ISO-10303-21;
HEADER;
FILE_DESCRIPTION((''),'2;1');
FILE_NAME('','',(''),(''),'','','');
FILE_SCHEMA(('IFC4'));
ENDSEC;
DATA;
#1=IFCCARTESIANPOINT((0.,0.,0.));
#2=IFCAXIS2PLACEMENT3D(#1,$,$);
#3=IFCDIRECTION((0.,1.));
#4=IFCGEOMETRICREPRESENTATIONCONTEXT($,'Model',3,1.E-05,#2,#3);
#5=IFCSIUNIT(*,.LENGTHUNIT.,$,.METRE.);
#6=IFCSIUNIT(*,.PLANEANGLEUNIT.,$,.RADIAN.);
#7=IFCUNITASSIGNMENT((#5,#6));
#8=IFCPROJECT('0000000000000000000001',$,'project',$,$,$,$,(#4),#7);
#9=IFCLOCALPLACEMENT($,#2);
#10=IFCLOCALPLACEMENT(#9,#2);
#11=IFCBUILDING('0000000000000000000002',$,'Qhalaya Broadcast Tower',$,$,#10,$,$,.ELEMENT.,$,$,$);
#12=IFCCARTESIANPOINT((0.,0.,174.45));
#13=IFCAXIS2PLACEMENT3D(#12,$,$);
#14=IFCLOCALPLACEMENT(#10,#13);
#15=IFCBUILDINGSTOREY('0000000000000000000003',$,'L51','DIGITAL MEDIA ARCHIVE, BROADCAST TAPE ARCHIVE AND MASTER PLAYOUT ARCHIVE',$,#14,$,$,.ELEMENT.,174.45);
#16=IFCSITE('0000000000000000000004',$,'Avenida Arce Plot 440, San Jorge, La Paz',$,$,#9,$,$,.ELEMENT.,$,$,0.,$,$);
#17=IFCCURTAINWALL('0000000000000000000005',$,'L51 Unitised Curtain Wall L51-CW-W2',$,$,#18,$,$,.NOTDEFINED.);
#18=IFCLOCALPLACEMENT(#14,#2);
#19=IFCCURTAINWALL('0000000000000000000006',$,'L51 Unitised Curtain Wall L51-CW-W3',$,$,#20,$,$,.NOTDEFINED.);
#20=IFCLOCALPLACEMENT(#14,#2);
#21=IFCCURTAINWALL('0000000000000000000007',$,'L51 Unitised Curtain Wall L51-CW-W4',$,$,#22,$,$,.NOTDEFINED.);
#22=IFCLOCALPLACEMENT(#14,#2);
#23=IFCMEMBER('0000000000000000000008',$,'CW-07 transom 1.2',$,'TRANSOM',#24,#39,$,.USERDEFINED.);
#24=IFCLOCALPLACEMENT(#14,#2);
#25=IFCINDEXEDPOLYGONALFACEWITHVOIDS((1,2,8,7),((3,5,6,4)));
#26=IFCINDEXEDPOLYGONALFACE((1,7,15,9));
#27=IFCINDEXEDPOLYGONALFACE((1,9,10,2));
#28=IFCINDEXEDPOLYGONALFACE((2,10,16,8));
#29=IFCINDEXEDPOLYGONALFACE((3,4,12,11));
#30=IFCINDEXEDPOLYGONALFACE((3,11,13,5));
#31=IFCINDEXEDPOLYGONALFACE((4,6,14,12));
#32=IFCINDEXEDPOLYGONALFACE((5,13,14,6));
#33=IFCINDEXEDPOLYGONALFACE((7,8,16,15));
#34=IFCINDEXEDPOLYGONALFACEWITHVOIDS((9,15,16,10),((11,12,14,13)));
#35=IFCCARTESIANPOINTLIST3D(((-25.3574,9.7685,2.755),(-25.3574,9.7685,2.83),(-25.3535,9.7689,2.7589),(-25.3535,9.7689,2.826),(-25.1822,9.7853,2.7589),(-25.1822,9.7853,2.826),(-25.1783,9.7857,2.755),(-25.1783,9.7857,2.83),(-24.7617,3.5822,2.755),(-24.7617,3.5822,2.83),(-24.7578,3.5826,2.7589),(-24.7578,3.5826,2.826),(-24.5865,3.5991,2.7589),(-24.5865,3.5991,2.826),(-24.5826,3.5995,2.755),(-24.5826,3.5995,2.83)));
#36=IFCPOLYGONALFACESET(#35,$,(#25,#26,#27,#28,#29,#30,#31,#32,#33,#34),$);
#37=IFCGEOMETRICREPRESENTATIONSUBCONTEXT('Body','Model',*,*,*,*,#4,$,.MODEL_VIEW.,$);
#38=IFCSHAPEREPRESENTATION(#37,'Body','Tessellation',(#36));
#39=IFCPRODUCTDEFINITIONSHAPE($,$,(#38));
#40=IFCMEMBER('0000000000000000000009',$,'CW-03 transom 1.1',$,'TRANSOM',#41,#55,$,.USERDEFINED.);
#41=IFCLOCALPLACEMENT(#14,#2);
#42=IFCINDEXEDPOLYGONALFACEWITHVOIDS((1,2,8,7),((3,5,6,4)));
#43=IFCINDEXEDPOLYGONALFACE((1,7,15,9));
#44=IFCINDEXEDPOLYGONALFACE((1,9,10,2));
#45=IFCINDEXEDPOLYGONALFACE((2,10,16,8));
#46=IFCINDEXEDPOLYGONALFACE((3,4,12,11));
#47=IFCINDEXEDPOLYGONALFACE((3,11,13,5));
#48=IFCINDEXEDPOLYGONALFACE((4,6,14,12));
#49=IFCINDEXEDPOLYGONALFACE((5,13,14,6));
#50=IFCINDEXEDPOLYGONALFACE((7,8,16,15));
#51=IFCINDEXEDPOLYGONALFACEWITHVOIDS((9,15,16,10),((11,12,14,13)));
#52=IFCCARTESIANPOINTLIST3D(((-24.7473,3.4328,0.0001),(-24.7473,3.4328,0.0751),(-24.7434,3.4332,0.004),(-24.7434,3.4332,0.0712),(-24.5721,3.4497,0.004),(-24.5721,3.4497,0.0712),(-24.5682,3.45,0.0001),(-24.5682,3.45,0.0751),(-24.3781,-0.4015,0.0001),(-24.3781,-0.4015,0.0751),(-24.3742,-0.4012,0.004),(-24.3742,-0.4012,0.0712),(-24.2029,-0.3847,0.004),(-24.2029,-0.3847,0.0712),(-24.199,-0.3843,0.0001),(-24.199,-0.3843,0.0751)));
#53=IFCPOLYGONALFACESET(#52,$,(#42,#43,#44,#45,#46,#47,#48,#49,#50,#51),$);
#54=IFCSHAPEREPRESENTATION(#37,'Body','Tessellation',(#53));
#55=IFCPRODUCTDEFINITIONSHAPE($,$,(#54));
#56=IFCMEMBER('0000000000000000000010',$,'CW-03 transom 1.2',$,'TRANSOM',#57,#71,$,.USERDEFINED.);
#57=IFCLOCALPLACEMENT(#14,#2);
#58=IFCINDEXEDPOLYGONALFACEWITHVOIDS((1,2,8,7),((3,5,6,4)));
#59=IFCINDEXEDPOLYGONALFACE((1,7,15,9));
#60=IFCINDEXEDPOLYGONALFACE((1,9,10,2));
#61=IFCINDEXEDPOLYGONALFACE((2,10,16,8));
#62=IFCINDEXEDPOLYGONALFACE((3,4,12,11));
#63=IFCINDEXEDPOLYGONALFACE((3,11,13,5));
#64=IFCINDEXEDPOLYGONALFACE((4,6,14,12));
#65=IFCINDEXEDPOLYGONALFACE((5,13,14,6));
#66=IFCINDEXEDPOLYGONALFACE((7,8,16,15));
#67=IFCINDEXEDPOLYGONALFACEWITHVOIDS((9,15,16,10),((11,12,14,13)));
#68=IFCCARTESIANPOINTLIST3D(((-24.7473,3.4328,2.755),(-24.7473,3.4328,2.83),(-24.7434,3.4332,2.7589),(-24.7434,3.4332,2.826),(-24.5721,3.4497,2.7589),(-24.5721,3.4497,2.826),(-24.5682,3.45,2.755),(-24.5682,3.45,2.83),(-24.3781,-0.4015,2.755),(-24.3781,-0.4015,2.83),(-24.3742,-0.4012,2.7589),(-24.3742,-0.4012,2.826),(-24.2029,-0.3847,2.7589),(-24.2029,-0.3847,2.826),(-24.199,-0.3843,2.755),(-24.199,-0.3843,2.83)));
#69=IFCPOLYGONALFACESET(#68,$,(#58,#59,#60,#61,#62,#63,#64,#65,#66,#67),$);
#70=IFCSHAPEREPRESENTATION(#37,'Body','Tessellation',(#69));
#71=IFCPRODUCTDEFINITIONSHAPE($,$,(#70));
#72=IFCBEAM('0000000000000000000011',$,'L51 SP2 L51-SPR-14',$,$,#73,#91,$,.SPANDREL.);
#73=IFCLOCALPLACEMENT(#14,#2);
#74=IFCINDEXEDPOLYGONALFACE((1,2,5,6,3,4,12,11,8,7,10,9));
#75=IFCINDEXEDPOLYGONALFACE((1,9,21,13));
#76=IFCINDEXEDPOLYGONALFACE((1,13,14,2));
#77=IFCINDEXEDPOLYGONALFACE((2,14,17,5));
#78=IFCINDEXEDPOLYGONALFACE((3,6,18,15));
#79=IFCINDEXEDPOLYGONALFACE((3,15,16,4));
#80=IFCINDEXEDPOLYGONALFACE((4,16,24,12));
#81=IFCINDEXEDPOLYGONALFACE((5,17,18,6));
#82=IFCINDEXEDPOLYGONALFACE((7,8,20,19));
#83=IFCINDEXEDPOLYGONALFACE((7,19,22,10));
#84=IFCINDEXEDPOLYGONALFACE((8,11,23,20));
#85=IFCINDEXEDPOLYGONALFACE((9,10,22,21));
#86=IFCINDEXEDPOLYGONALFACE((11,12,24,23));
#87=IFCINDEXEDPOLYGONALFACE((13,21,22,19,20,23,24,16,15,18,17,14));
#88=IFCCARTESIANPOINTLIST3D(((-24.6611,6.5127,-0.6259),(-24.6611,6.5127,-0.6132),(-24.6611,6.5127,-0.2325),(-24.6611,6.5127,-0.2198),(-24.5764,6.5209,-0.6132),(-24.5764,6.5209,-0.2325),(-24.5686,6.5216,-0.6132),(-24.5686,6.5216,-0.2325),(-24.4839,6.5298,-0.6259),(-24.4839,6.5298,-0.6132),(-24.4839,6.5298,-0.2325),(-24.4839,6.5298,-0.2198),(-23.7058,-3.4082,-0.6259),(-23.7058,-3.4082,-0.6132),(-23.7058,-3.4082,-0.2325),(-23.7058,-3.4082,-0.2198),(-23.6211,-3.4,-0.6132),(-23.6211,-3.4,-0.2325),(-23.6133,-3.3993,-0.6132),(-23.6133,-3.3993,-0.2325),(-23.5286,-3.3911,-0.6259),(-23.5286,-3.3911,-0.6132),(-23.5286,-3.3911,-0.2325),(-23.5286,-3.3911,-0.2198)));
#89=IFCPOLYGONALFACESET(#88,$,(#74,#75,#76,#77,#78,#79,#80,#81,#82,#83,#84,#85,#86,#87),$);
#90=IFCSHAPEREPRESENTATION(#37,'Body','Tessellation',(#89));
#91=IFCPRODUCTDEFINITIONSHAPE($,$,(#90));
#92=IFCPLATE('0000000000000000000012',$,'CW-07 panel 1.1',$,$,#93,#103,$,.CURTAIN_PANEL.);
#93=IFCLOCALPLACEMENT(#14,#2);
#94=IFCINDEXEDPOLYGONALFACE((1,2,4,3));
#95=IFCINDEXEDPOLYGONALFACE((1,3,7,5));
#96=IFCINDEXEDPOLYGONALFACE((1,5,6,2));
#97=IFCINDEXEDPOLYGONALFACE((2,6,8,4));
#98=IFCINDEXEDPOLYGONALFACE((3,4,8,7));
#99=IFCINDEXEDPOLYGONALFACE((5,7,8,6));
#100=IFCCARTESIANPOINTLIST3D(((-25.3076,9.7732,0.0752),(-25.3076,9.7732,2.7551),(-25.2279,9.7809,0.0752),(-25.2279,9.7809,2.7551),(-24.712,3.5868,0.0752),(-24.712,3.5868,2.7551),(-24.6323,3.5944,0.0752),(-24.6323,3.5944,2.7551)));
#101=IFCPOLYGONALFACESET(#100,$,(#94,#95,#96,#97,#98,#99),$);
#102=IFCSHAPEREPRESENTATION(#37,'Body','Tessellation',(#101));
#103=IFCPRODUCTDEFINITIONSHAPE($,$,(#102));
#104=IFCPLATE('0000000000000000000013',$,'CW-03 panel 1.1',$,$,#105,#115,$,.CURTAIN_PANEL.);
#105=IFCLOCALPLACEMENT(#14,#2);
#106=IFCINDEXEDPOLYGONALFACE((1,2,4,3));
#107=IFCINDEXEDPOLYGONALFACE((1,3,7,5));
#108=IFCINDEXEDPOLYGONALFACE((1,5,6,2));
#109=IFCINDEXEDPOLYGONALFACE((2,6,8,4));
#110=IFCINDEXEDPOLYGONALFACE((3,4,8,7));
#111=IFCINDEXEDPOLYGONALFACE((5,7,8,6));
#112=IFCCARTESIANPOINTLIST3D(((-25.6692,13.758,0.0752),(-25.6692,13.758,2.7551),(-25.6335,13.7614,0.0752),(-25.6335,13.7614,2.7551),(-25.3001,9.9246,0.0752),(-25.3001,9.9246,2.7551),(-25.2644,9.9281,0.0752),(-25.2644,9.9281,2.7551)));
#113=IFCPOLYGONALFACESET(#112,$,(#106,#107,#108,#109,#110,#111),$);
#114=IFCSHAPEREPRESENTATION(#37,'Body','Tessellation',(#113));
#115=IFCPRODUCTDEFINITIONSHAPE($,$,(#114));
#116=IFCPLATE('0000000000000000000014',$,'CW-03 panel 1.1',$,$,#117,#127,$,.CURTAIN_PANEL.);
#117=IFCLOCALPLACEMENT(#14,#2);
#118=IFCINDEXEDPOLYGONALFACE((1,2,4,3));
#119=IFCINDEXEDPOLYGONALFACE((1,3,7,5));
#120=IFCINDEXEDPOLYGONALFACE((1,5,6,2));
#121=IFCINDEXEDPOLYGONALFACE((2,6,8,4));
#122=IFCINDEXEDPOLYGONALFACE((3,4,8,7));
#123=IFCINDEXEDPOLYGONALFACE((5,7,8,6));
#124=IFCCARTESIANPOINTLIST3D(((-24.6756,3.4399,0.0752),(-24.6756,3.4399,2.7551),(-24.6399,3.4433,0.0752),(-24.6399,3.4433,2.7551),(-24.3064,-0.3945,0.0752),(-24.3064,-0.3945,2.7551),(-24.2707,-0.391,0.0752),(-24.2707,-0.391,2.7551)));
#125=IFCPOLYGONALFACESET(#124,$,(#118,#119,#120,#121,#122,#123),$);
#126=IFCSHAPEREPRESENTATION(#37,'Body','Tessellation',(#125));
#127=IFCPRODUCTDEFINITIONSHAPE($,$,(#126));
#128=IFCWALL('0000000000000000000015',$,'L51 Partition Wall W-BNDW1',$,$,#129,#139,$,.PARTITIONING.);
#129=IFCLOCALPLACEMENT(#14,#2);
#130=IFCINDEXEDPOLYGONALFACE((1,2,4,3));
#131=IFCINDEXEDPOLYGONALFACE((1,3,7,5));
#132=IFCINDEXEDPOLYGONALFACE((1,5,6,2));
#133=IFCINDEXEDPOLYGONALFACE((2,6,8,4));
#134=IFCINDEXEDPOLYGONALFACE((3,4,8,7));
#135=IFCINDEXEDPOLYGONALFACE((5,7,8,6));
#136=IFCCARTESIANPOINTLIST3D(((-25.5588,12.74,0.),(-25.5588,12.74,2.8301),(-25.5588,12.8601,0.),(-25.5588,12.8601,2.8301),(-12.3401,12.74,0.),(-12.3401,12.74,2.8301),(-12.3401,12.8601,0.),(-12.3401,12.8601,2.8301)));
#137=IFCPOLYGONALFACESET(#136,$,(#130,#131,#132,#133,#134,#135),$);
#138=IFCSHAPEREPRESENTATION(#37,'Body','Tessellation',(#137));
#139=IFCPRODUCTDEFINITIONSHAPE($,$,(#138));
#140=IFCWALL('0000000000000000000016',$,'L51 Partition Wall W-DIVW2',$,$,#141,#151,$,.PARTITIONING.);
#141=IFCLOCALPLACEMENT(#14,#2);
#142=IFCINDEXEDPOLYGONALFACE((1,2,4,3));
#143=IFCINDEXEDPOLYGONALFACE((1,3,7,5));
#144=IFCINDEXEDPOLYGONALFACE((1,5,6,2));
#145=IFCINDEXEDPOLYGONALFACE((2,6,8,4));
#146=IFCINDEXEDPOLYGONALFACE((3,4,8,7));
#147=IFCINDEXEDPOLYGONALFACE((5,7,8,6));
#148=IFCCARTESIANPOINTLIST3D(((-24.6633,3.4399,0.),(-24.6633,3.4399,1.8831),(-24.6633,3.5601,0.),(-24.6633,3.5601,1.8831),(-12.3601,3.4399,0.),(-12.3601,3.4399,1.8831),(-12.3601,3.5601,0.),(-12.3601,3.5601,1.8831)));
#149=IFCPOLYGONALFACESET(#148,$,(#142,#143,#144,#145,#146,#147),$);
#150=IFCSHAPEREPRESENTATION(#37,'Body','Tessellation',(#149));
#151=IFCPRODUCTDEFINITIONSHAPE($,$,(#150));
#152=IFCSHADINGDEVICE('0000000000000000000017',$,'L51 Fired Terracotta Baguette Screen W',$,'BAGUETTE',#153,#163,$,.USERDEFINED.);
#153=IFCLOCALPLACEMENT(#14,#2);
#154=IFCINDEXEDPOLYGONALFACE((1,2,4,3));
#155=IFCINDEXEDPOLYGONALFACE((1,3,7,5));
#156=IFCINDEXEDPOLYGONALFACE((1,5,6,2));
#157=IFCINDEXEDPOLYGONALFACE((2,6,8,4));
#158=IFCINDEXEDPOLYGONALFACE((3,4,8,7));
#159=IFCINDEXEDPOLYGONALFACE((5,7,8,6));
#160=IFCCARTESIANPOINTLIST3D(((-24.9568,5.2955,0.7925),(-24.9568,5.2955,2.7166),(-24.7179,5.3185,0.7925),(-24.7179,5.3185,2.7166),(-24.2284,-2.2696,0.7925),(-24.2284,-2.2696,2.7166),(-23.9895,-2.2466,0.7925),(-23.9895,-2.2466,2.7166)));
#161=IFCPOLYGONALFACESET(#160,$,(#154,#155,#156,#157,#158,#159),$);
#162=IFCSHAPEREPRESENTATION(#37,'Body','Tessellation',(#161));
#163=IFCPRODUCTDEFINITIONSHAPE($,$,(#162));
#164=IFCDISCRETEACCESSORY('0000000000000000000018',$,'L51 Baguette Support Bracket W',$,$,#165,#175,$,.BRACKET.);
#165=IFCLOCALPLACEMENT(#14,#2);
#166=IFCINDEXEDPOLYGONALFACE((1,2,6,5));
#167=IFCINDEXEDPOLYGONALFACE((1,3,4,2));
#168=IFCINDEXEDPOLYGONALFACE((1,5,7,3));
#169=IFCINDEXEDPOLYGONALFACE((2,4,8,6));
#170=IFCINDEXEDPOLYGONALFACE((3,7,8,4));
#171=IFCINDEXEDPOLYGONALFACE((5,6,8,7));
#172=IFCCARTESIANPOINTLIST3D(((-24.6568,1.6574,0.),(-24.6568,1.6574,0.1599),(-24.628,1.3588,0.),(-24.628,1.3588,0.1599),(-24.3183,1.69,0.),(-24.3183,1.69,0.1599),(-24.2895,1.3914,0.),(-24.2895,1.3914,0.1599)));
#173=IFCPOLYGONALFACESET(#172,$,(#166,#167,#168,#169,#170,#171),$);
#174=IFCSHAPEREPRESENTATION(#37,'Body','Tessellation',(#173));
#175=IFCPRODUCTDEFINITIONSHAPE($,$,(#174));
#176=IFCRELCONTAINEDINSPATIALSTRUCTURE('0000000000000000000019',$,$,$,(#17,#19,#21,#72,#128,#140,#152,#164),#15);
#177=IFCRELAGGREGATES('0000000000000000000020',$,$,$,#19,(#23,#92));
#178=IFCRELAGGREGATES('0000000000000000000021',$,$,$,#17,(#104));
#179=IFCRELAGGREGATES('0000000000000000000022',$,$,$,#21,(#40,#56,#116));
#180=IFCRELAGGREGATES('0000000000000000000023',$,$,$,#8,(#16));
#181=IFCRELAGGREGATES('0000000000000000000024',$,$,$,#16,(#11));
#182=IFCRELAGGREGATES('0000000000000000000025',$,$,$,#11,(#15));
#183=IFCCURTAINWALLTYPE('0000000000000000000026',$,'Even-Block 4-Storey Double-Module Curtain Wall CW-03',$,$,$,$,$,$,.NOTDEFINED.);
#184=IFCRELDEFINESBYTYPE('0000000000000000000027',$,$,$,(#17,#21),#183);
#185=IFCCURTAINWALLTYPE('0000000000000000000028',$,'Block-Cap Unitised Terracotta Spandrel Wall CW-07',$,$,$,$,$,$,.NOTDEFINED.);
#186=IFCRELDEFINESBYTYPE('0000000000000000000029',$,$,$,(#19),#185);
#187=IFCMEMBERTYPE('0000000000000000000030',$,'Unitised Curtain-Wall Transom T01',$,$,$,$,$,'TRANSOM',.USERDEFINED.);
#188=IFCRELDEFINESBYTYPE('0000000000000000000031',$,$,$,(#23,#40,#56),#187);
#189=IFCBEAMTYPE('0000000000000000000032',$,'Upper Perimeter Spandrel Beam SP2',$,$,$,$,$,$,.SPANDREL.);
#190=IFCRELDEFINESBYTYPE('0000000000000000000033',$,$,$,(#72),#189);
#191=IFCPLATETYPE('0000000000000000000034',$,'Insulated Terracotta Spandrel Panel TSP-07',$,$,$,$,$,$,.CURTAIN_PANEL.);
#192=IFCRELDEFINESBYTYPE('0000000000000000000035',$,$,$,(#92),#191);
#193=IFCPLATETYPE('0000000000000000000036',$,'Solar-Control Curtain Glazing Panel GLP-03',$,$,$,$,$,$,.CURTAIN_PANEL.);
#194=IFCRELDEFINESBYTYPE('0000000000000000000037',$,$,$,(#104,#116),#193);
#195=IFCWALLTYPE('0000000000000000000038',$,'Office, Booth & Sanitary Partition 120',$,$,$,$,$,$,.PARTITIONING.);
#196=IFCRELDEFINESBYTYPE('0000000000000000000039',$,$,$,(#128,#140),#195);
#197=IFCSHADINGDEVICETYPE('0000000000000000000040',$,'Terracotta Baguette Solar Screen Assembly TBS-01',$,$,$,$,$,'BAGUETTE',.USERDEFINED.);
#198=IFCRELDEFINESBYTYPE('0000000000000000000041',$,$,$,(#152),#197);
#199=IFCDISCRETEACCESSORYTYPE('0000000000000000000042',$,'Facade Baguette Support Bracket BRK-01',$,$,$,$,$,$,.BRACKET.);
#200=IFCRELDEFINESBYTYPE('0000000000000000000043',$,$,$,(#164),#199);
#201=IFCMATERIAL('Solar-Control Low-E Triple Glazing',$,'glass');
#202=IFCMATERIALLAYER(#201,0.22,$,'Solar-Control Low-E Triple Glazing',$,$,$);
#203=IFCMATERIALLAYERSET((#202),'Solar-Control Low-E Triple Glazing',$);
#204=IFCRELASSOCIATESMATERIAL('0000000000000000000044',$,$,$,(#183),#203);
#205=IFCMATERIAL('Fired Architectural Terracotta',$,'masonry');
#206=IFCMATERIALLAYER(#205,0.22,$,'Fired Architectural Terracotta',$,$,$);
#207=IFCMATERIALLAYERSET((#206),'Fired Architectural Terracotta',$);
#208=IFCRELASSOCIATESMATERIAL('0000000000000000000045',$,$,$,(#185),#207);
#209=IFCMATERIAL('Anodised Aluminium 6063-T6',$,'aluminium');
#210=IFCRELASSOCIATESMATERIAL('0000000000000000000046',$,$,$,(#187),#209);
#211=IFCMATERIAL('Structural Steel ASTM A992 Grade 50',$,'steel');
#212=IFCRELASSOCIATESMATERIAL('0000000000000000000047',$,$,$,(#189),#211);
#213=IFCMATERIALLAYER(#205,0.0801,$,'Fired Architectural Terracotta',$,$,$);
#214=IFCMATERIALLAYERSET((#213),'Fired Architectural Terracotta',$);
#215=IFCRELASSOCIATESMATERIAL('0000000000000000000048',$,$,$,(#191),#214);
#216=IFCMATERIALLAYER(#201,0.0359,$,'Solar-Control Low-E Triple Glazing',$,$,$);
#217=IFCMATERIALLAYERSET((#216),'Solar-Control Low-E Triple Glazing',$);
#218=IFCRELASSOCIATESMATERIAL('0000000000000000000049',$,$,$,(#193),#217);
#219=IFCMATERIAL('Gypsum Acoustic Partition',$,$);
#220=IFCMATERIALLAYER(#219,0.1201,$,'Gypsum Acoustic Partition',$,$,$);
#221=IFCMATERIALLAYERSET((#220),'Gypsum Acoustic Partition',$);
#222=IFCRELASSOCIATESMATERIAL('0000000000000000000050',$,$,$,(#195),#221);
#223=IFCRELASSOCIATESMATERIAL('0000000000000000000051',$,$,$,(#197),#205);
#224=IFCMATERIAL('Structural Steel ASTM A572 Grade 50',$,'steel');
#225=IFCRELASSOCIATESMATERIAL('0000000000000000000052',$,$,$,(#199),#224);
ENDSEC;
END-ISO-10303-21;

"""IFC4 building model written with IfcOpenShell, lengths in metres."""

from ifc_helpers import new_model, si_unit, direction, frame, frame_2d, origin, origin_2d, place, context, subcontext, project, spatial, rectangle, hollow_rectangle, i_section, extrude, material, layer, layer_set, material_profile, profile_set, type_object, element, aggregate, save


model = new_model("IFC4")

# Units and contexts
model_context = context("Model", 3, precision=1e-05, world=origin(), true_north=direction((0.0, 1.0)))
body_context = subcontext(model_context, "Body", "Model", "MODEL_VIEW")
ifc_project = project(units=[si_unit("LENGTHUNIT", "METRE"), si_unit("PLANEANGLEUNIT", "RADIAN")], contexts=[model_context])

# Site, building, storey
site_placement = place(None, origin())
site = spatial("IfcSite", under=ifc_project, at=site_placement, Name="Avenida Arce Plot 440, San Jorge, La Paz", CompositionType="ELEMENT", RefElevation=0.0)
building_placement = place(site_placement, origin())
building = spatial("IfcBuilding", under=site, at=building_placement, Name="Qhalaya Broadcast Tower", CompositionType="ELEMENT")
storey_placement = place(building_placement, frame((0.0, 0.0, 174.45)))
storey = spatial("IfcBuildingStorey", under=building, at=storey_placement, Name="L51", Description="DIGITAL MEDIA ARCHIVE, BROADCAST TAPE ARCHIVE AND MASTER PLAYOUT ARCHIVE", CompositionType="ELEMENT", Elevation=174.45)

# Shared definitions
ifc_material_1 = material(Name="Structural Steel ASTM A572 Grade 50", Category="steel")

# Shared definitions
ifc_material_2 = material(Name="Structural Steel ASTM A992 Grade 50", Category="steel")

# Curtain wall
ifc_material_3 = material(Name="Solar-Control Low-E Triple Glazing", Category="glass")
ifc_layer_1 = layer(ifc_material_3, 0.22, Name="Solar-Control Low-E Triple Glazing")
ifc_layer_set_1 = layer_set([ifc_layer_1], Name="Solar-Control Low-E Triple Glazing")
curtain_wall_type_1 = type_object("IfcCurtainWallType", Name="Even-Block 4-Storey Double-Module Curtain Wall CW-03", PredefinedType="NOTDEFINED", material=ifc_layer_set_1)
curtain_wall_1_placement = place(storey_placement, origin())
curtain_wall_1 = element("IfcCurtainWall", 1, at=curtain_wall_1_placement, inside=storey, type_object=curtain_wall_type_1, Name="L51 Unitised Curtain Wall L51-CW-W2", PredefinedType="NOTDEFINED")
ifc_material_4 = material(Name="Anodised Aluminium 6063-T6", Category="aluminium")

# Curtain wall
ifc_material_5 = material(Name="Fired Architectural Terracotta", Category="masonry")
ifc_layer_2 = layer(ifc_material_5, 0.22, Name="Fired Architectural Terracotta")
ifc_layer_set_2 = layer_set([ifc_layer_2], Name="Fired Architectural Terracotta")
curtain_wall_type_2 = type_object("IfcCurtainWallType", Name="Block-Cap Unitised Terracotta Spandrel Wall CW-07", PredefinedType="NOTDEFINED", material=ifc_layer_set_2)
curtain_wall_2_placement = place(storey_placement, origin())
curtain_wall_2 = element("IfcCurtainWall", 2, at=curtain_wall_2_placement, inside=storey, type_object=curtain_wall_type_2, Name="L51 Unitised Curtain Wall L51-CW-W3", PredefinedType="NOTDEFINED")

# Curtain wall
curtain_wall_3_placement = place(storey_placement, origin())
curtain_wall_3 = element("IfcCurtainWall", 3, at=curtain_wall_3_placement, inside=storey, type_object=curtain_wall_type_1, Name="L51 Unitised Curtain Wall L51-CW-W4", PredefinedType="NOTDEFINED")

# Members
ifc_material_profile_1 = material_profile(ifc_material_4, hollow_rectangle(XDim=0.075, YDim=0.1799, WallThickness=0.0039, at=origin_2d()), Name="ALU-TRN 75x180x4")
ifc_profile_set_1 = profile_set([ifc_material_profile_1], Name="Anodised Aluminium 6063-T6")
member_type_1 = type_object("IfcMemberType", Name="Unitised Curtain-Wall Transom T01", ElementType="TRANSOM", PredefinedType="USERDEFINED", material=ifc_profile_set_1)
member_1_placement = place(storey_placement, frame((-25.2678, 9.7771, 2.7925), z_axis=(0.095851, -0.995396, 0.0), x_axis=(0.0, 0.0, 1.0)))
member_1 = element("IfcMember", 4, at=member_1_placement, type_object=member_type_1, Name="CW-07 transom 1.2", ObjectType="TRANSOM", PredefinedType="USERDEFINED", context=body_context, shape_type="SweptSolid", body=[
    extrude(hollow_rectangle(XDim=0.075, YDim=0.1799, WallThickness=0.0039, at=origin_2d()), origin(), (0.0, 0.0, 1.0), 6.2148),
])
member_2_placement = place(storey_placement, frame((-24.6577, 3.4414, 0.0376), z_axis=(0.095832, -0.995398, 0.0), x_axis=(0.0, 0.0, 1.0)))
member_2 = element("IfcMember", 5, at=member_2_placement, type_object=member_type_1, Name="CW-03 transom 1.1", ObjectType="TRANSOM", PredefinedType="USERDEFINED", context=body_context, shape_type="SweptSolid", body=[
    extrude(hollow_rectangle(XDim=0.075, YDim=0.1799, WallThickness=0.0039, at=origin_2d()), origin(), (0.0, 0.0, 1.0), 3.8521),
])
member_3_placement = place(storey_placement, frame((-24.6577, 3.4414, 2.7925), z_axis=(0.095832, -0.995398, 0.0), x_axis=(0.0, 0.0, 1.0)))
member_3 = element("IfcMember", 6, at=member_3_placement, type_object=member_type_1, Name="CW-03 transom 1.2", ObjectType="TRANSOM", PredefinedType="USERDEFINED", context=body_context, shape_type="SweptSolid", body=[
    extrude(hollow_rectangle(XDim=0.075, YDim=0.1799, WallThickness=0.0039, at=origin_2d()), origin(), (0.0, 0.0, 1.0), 3.8521),
])

# Beam
ifc_material_profile_2 = material_profile(ifc_material_2, i_section(OverallWidth=0.178, OverallDepth=0.406, WebThickness=0.0078, FlangeThickness=0.0127, at=origin_2d()), Name="W16X40")
ifc_profile_set_2 = profile_set([ifc_material_profile_2], Name="Structural Steel ASTM A992 Grade 50")
beam_type_1 = type_object("IfcBeamType", Name="Upper Perimeter Spandrel Beam SP2", PredefinedType="SPANDREL", material=ifc_profile_set_2)
beam_1_placement = place(storey_placement, frame((-24.5725, 6.5212, -0.4229), z_axis=(0.095851, -0.995396, 0.0), x_axis=(0.995396, 0.095851, 0.0)))
element("IfcBeam", 7, at=beam_1_placement, inside=storey, type_object=beam_type_1, Name="L51 SP2 L51-SPR-14", PredefinedType="SPANDREL", context=body_context, shape_type="SweptSolid", body=[
    extrude(i_section(OverallWidth=0.178, OverallDepth=0.406, WebThickness=0.0078, FlangeThickness=0.0127, at=origin_2d()), origin(), (0.0, 0.0, 1.0), 9.9668),
])

# Plates
ifc_layer_3 = layer(ifc_material_5, 0.0801, Name="Fired Architectural Terracotta")
ifc_layer_set_3 = layer_set([ifc_layer_3], Name="Fired Architectural Terracotta")
plate_type_1 = type_object("IfcPlateType", Name="Insulated Terracotta Spandrel Panel TSP-07", PredefinedType="CURTAIN_PANEL", material=ifc_layer_set_3)
plate_1_placement = place(storey_placement, frame((-24.97, 6.6838, 0.0752), z_axis=(0.0, 0.0, 1.0), x_axis=(0.095837, -0.995397, 0.0)))
plate_1 = element("IfcPlate", 8, at=plate_1_placement, type_object=plate_type_1, Name="CW-07 panel 1.1", PredefinedType="CURTAIN_PANEL", context=body_context, shape_type="SweptSolid", body=[
    extrude(rectangle(XDim=6.2151, YDim=0.0801, at=origin_2d()), origin(), (0.0, 0.0, 1.0), 2.6799),
])
aggregate(curtain_wall_2, [member_1, plate_1])
ifc_layer_4 = layer(ifc_material_3, 0.0359, Name="Solar-Control Low-E Triple Glazing")
ifc_layer_set_4 = layer_set([ifc_layer_4], Name="Solar-Control Low-E Triple Glazing")
plate_type_2 = type_object("IfcPlateType", Name="Solar-Control Curtain Glazing Panel GLP-03", PredefinedType="CURTAIN_PANEL", material=ifc_layer_set_4)
plate_2_placement = place(storey_placement, frame((-25.4668, 11.843, 0.0752), z_axis=(0.0, 0.0, 1.0), x_axis=(0.095851, -0.995396, 0.0)))
plate_2 = element("IfcPlate", 9, at=plate_2_placement, type_object=plate_type_2, Name="CW-03 panel 1.1", PredefinedType="CURTAIN_PANEL", context=body_context, shape_type="SweptSolid", body=[
    extrude(rectangle(XDim=3.8511, YDim=0.0359, at=origin_2d()), origin(), (0.0, 0.0, 1.0), 2.6799),
])
aggregate(curtain_wall_1, [plate_2])
plate_3_placement = place(storey_placement, frame((-24.4731, 1.5244, 0.0752), z_axis=(0.0, 0.0, 1.0), x_axis=(0.095851, -0.995396, 0.0)))
plate_3 = element("IfcPlate", 10, at=plate_3_placement, type_object=plate_type_2, Name="CW-03 panel 1.1", PredefinedType="CURTAIN_PANEL", context=body_context, shape_type="SweptSolid", body=[
    extrude(rectangle(XDim=3.8521, YDim=0.0359, at=origin_2d()), origin(), (0.0, 0.0, 1.0), 2.6799),
])
aggregate(curtain_wall_3, [member_2, member_3, plate_3])

# Walls
ifc_material_6 = material(Name="Gypsum Acoustic Partition")
ifc_layer_5 = layer(ifc_material_6, 0.1201, Name="Gypsum Acoustic Partition")
ifc_layer_set_5 = layer_set([ifc_layer_5], Name="Gypsum Acoustic Partition")
wall_type = type_object("IfcWallType", Name="Office, Booth & Sanitary Partition 120", PredefinedType="PARTITIONING", material=ifc_layer_set_5)
wall_1_placement = place(storey_placement, frame((-25.5588, 12.8, 0.0), z_axis=(0.0, 0.0, 1.0), x_axis=(1.0, 0.0, 0.0)))
element("IfcWall", 11, at=wall_1_placement, inside=storey, type_object=wall_type, Name="L51 Partition Wall W-BNDW1", PredefinedType="PARTITIONING", context=body_context, shape_type="SweptSolid", body=[
    extrude(rectangle(XDim=13.2188, YDim=0.1201, at=frame_2d((6.6094, 0.0))), origin(), (0.0, 0.0, 1.0), 2.8301),
])
wall_2_placement = place(storey_placement, frame((-24.6633, 3.5, 0.0), z_axis=(0.0, 0.0, 1.0), x_axis=(1.0, 0.0, 0.0)))
element("IfcWall", 12, at=wall_2_placement, inside=storey, type_object=wall_type, Name="L51 Partition Wall W-DIVW2", PredefinedType="PARTITIONING", context=body_context, shape_type="SweptSolid", body=[
    extrude(rectangle(XDim=12.3032, YDim=0.1201, at=frame_2d((6.1516, 0.0))), origin(), (0.0, 0.0, 1.0), 1.8831),
])

# Shading device
shading_device_type = type_object("IfcShadingDeviceType", Name="Terracotta Baguette Solar Screen Assembly TBS-01", ElementType="BAGUETTE", PredefinedType="USERDEFINED", material=ifc_material_5)
shading_device_placement = place(storey_placement, frame((-24.4731, 1.5244, 0.7925), z_axis=(0.0, 0.0, 1.0), x_axis=(0.095846, -0.995396, 0.0)))
element("IfcShadingDevice", 13, at=shading_device_placement, inside=storey, type_object=shading_device_type, Name="L51 Fired Terracotta Baguette Screen W", ObjectType="BAGUETTE", PredefinedType="USERDEFINED", context=body_context, shape_type="SweptSolid", body=[
    extrude(rectangle(XDim=7.6001, YDim=0.24, at=origin_2d()), origin(), (0.0, 0.0, 1.0), 1.9241),
])

# Discrete accessory
discrete_accessory_type = type_object("IfcDiscreteAccessoryType", Name="Facade Baguette Support Bracket BRK-01", PredefinedType="BRACKET", material=ifc_material_1)
discrete_accessory_placement = place(storey_placement, frame((-24.4731, 1.5244, 0.0), z_axis=(0.0, 0.0, 1.0), x_axis=(0.095846, -0.995396, 0.0)))
element("IfcDiscreteAccessory", 14, at=discrete_accessory_placement, inside=storey, type_object=discrete_accessory_type, Name="L51 Baguette Support Bracket W", PredefinedType="BRACKET", context=body_context, shape_type="SweptSolid", body=[
    extrude(rectangle(XDim=0.3, YDim=0.3401, at=origin_2d()), origin(), (0.0, 0.0, 1.0), 0.1599),
])

save(model, "model.ifc")
